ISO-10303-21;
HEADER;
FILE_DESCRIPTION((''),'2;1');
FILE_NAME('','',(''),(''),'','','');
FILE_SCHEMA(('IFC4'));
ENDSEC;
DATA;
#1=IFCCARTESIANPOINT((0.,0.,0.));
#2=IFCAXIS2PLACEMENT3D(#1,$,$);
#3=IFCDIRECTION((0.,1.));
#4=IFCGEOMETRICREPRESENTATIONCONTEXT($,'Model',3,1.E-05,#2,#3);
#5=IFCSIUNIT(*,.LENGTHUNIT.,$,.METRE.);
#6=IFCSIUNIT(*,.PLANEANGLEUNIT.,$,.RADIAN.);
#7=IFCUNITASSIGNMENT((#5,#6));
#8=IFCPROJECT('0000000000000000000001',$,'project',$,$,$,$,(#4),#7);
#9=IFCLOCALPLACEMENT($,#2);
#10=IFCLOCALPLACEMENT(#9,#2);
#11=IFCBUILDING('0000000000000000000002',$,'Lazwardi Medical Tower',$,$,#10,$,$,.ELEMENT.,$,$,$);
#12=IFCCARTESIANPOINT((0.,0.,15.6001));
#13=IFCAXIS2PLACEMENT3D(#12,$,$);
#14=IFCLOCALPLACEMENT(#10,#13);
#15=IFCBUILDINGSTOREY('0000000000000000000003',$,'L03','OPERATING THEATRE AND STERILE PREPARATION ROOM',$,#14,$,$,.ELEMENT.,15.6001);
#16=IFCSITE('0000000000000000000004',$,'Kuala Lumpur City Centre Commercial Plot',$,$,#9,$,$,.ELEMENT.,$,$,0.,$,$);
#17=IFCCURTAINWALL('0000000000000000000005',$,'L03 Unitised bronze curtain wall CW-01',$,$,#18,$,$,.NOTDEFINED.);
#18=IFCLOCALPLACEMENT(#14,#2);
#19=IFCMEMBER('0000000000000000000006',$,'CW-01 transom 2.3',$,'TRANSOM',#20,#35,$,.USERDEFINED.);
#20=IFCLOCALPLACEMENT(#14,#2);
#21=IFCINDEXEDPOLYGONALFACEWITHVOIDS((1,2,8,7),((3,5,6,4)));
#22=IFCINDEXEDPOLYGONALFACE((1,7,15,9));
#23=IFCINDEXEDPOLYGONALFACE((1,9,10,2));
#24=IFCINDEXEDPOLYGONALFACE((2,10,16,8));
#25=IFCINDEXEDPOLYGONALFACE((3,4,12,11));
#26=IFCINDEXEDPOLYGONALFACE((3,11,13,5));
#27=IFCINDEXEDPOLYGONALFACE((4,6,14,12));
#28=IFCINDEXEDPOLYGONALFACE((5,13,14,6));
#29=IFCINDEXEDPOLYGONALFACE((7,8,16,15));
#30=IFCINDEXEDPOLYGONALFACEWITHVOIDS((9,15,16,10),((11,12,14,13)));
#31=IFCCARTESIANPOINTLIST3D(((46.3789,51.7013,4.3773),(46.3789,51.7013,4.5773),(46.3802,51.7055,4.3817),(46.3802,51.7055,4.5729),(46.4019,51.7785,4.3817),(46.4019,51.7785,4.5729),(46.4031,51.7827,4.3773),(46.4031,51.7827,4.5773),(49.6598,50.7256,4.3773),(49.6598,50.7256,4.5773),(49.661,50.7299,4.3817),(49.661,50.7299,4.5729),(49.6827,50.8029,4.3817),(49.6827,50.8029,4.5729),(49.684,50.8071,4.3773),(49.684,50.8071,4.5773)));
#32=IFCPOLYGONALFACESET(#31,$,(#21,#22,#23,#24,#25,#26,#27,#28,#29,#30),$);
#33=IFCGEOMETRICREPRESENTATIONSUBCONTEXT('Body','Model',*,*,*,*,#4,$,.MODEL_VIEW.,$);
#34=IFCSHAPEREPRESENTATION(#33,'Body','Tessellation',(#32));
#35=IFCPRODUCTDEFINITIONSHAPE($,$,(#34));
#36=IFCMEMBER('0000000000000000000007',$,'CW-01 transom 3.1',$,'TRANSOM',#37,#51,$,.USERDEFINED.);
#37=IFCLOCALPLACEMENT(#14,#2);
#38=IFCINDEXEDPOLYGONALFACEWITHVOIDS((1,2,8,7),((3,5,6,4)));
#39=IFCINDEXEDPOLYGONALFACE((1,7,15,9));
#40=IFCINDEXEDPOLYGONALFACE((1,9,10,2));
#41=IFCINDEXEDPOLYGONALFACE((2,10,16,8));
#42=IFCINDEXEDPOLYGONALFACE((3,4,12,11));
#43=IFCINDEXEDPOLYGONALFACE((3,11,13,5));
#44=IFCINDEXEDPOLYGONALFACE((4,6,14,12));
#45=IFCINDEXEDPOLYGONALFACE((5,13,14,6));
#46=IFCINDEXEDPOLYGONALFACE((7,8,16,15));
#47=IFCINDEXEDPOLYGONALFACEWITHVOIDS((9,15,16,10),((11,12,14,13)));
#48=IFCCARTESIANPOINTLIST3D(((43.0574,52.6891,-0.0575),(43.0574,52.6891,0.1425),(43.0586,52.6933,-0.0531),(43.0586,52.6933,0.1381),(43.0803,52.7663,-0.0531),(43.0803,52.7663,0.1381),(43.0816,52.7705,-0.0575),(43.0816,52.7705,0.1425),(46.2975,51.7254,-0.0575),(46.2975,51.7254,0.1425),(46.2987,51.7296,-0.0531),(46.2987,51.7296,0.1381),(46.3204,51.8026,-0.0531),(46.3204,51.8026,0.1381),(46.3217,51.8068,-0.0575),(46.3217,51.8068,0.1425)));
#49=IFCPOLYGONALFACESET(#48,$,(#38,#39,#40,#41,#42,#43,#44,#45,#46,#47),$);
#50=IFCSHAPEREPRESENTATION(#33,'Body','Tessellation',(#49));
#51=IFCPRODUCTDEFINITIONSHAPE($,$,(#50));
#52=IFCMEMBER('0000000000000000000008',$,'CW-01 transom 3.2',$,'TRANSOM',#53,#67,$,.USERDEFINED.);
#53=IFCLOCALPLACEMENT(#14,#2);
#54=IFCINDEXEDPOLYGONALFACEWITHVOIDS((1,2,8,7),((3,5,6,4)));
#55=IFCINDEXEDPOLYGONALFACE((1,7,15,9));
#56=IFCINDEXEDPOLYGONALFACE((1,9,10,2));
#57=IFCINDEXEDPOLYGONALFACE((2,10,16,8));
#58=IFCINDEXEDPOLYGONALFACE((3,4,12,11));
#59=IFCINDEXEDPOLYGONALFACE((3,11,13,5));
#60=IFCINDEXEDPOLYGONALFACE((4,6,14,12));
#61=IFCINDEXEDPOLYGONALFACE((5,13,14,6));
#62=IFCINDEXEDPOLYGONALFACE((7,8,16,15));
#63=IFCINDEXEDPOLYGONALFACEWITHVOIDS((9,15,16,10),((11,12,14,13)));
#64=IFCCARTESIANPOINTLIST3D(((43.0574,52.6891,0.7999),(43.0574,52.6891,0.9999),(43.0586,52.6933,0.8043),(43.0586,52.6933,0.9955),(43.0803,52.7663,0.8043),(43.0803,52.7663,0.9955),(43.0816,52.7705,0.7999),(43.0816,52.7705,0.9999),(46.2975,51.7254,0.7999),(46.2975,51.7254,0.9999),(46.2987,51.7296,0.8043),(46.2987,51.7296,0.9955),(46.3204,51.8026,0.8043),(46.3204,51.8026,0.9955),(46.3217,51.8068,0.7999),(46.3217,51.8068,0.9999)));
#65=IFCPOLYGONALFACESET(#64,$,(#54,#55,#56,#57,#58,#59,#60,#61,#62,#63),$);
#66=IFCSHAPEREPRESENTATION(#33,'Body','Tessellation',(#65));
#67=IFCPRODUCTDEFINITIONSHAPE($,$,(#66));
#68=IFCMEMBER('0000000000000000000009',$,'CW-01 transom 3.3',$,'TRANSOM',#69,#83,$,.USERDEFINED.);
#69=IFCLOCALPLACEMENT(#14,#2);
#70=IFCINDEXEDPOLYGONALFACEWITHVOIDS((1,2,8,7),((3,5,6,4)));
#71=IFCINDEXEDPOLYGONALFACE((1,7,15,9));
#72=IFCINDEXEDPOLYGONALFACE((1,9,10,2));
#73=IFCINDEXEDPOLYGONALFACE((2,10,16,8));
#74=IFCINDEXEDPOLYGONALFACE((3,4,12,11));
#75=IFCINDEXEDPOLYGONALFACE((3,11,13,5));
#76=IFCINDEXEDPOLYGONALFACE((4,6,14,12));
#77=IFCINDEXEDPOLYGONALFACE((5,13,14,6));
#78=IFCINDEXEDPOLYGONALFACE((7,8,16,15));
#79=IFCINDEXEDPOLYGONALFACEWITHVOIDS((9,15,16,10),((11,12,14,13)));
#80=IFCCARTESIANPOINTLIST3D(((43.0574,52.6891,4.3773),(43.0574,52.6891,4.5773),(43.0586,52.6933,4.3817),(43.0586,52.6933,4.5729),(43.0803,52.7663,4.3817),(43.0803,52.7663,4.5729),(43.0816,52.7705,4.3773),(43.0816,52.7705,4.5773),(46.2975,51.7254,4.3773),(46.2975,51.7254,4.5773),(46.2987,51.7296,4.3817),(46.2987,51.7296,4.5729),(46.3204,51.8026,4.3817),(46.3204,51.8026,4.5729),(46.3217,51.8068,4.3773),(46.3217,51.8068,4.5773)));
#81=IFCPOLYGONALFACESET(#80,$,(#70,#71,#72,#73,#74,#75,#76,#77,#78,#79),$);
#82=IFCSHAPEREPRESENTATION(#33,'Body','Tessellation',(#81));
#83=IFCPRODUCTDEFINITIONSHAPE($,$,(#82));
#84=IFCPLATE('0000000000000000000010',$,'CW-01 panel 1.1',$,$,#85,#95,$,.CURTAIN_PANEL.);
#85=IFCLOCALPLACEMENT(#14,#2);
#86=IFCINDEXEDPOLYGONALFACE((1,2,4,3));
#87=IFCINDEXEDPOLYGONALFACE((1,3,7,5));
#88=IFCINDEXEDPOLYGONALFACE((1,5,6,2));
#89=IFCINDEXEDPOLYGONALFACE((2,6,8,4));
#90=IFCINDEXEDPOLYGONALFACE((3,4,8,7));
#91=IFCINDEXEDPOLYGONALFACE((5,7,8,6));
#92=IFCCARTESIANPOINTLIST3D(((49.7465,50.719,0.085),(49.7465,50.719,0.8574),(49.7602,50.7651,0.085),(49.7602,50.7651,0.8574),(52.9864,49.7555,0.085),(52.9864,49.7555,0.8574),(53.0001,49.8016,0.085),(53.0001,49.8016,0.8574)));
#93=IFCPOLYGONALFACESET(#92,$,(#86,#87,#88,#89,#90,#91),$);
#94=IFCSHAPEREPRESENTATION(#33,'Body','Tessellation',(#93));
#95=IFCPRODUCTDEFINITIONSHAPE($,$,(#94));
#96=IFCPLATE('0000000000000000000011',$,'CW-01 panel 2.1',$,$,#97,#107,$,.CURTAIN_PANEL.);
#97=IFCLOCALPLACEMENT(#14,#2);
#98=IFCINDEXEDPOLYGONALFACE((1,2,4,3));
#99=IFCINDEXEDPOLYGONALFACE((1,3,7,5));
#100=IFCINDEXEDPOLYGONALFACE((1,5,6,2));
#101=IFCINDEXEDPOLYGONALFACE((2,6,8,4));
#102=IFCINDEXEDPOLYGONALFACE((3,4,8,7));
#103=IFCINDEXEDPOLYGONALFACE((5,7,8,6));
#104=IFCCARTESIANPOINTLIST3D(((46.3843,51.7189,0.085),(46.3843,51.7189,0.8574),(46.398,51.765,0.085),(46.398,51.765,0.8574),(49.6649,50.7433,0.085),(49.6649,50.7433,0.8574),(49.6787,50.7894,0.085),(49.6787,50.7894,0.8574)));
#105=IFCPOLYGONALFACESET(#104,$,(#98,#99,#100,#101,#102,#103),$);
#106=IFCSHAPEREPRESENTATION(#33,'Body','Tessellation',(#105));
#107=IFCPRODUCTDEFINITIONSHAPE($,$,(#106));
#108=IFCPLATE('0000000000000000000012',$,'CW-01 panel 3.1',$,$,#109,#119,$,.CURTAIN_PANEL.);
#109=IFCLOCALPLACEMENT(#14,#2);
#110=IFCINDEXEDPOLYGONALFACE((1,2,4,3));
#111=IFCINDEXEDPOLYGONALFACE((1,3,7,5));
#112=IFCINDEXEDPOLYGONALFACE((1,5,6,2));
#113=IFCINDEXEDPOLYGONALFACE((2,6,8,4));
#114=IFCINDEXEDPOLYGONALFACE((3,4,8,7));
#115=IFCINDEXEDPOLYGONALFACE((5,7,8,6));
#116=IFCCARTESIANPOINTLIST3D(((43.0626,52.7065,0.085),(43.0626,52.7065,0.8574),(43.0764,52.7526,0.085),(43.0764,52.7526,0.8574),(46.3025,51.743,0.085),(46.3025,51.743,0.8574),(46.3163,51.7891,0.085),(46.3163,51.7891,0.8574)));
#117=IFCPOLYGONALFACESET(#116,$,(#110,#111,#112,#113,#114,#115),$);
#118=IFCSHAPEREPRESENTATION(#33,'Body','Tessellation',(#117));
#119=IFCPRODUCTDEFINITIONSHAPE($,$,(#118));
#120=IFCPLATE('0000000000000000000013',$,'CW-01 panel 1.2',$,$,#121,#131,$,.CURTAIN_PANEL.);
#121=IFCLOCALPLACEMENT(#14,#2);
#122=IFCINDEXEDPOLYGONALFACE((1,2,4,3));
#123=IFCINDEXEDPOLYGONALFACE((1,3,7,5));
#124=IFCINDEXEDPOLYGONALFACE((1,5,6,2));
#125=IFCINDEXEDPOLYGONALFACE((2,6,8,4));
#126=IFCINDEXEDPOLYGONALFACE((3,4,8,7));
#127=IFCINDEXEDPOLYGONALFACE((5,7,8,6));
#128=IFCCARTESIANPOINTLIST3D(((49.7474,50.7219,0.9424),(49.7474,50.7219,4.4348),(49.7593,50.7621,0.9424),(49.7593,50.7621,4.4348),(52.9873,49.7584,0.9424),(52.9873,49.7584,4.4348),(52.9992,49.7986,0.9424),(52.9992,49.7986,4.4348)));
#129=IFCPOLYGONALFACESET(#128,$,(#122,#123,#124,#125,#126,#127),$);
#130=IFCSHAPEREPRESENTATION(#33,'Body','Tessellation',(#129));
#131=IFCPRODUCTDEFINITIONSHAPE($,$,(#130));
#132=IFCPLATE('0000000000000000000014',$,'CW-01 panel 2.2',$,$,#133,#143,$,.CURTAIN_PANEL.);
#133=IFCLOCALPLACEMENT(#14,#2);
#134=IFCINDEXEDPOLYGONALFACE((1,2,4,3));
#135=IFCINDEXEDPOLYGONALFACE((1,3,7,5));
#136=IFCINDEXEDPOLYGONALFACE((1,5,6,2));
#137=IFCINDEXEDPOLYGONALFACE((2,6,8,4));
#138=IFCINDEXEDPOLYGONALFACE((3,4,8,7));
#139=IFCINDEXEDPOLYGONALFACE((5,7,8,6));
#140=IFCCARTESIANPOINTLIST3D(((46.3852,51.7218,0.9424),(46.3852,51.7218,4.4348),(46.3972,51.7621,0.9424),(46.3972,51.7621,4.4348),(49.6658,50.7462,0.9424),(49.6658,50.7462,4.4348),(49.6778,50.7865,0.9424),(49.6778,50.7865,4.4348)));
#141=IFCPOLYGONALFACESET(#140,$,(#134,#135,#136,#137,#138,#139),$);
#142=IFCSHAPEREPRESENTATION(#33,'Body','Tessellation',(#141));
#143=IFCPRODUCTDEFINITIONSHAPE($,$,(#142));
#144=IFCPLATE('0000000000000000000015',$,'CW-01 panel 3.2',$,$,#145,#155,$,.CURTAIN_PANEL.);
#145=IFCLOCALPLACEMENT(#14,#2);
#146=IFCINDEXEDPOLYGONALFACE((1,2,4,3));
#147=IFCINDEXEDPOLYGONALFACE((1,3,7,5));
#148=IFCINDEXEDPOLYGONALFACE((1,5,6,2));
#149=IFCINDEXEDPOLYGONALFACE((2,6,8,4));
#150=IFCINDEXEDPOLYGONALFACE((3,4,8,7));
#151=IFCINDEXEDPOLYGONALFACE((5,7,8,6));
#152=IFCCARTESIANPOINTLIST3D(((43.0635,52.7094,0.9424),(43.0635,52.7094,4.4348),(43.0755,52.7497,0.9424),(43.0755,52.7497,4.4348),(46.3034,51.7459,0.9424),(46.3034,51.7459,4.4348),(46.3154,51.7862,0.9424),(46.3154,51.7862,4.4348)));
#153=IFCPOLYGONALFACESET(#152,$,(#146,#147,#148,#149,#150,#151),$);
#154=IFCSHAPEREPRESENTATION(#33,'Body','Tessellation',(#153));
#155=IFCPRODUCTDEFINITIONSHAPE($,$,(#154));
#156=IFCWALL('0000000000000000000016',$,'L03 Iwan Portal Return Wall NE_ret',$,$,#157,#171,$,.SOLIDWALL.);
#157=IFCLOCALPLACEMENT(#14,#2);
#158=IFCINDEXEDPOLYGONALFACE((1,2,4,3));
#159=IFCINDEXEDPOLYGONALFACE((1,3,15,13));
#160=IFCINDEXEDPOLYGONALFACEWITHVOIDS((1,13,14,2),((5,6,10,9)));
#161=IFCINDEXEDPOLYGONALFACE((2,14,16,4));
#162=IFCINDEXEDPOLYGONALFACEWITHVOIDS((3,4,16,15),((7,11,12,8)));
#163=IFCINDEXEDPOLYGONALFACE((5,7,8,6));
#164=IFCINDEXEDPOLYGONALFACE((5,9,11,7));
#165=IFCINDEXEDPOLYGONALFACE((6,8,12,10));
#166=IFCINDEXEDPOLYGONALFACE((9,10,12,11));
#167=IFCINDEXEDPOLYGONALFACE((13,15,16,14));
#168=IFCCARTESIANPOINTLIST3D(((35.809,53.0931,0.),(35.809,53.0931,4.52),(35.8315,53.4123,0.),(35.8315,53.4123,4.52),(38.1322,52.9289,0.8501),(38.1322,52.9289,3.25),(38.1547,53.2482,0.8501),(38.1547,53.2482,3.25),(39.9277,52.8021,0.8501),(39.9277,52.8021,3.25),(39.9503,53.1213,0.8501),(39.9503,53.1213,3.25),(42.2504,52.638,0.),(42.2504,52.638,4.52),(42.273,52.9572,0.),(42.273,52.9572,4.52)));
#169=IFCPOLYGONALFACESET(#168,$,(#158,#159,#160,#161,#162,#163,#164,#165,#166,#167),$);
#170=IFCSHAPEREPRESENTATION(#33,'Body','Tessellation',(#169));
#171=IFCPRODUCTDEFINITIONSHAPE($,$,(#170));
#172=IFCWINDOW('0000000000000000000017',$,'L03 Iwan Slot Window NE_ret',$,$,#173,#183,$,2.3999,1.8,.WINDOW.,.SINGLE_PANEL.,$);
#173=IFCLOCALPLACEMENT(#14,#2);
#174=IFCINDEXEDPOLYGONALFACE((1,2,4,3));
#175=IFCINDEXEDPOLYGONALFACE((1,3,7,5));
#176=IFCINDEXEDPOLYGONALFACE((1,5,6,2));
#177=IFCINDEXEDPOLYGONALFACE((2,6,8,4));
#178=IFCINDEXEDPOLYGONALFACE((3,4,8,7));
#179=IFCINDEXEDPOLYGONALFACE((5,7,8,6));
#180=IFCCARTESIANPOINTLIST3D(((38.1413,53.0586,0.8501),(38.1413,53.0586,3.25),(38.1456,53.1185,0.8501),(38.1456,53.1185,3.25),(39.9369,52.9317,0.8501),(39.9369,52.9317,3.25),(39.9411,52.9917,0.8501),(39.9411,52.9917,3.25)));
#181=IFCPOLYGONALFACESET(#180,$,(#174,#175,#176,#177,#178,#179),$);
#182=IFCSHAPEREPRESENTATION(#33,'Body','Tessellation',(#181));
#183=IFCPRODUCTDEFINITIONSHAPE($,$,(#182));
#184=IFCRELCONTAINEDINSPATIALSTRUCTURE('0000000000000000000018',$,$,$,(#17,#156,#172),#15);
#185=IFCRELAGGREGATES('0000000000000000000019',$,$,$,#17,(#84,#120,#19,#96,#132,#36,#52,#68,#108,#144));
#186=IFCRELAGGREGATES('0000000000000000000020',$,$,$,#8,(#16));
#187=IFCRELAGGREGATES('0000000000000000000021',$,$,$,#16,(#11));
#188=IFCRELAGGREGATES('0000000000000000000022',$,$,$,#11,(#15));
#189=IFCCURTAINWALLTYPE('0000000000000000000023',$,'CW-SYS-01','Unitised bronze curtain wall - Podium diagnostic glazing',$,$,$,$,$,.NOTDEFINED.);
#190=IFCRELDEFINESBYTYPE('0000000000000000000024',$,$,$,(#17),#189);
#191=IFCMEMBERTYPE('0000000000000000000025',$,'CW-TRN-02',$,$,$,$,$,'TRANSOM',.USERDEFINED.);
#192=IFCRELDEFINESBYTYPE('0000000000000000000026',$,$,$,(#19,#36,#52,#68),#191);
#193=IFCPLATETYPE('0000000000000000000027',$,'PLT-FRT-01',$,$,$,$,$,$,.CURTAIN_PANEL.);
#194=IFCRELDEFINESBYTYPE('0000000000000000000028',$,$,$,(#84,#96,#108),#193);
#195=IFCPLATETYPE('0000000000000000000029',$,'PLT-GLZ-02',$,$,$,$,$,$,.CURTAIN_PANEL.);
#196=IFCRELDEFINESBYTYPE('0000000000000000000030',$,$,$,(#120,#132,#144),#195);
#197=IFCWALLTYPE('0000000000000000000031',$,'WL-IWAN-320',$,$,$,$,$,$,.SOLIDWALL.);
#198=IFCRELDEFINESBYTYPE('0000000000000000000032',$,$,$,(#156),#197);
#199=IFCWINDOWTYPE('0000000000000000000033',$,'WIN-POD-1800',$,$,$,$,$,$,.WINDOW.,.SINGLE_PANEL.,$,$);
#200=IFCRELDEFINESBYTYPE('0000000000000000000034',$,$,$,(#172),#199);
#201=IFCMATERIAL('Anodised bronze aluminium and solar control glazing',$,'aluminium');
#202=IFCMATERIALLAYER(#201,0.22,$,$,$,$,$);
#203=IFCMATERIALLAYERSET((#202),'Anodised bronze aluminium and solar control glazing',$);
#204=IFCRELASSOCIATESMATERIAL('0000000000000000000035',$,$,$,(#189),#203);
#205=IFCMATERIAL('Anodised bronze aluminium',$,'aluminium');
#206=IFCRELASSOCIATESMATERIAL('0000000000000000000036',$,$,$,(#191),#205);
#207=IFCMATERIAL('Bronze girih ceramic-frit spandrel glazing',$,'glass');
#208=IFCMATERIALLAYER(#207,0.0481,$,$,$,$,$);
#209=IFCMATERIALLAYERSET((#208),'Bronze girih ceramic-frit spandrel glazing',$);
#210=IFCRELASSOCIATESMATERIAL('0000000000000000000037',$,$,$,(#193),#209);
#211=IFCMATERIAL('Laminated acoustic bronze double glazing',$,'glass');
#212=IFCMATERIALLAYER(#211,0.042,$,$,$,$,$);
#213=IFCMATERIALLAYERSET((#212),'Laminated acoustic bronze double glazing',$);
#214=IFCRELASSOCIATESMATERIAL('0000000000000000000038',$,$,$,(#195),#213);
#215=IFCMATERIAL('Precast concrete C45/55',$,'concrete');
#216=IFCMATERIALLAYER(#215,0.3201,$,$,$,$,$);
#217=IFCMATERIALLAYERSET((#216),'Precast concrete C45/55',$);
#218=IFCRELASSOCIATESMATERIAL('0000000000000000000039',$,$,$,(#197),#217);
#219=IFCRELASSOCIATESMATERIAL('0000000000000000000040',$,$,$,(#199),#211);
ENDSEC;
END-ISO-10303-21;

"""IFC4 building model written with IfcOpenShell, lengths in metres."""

from ifc_helpers import new_model, si_unit, direction, frame, frame_2d, origin, origin_2d, place, context, subcontext, project, spatial, rectangle, hollow_rectangle, extrude, material, layer, layer_set, material_profile, profile_set, type_object, element, fill, aggregate, save


model = new_model("IFC4")

# Units and contexts
model_context = context("Model", 3, precision=1e-05, world=origin(), true_north=direction((0.0, 1.0)))
body_context = subcontext(model_context, "Body", "Model", "MODEL_VIEW")
ifc_project = project(units=[si_unit("LENGTHUNIT", "METRE"), si_unit("PLANEANGLEUNIT", "RADIAN")], contexts=[model_context])

# Site, building, storey
site_placement = place(None, origin())
site = spatial("IfcSite", under=ifc_project, at=site_placement, Name="Kuala Lumpur City Centre Commercial Plot", CompositionType="ELEMENT", RefElevation=0.0)
building_placement = place(site_placement, origin())
building = spatial("IfcBuilding", under=site, at=building_placement, Name="Lazwardi Medical Tower", CompositionType="ELEMENT")
storey_placement = place(building_placement, frame((0.0, 0.0, 15.6001)))
storey = spatial("IfcBuildingStorey", under=building, at=storey_placement, Name="L03", Description="OPERATING THEATRE AND STERILE PREPARATION ROOM", CompositionType="ELEMENT", Elevation=15.6001)

# Curtain wall, members, plates
ifc_material_1 = material(Name="Anodised bronze aluminium and solar control glazing", Category="aluminium")
ifc_layer_1 = layer(ifc_material_1, 0.22)
ifc_layer_set_1 = layer_set([ifc_layer_1], Name="Anodised bronze aluminium and solar control glazing")
curtain_wall_type = type_object("IfcCurtainWallType", Name="CW-SYS-01", Description="Unitised bronze curtain wall - Podium diagnostic glazing", PredefinedType="NOTDEFINED", material=ifc_layer_set_1)
curtain_wall_placement = place(storey_placement, origin())
curtain_wall = element("IfcCurtainWall", 1, at=curtain_wall_placement, inside=storey, type_object=curtain_wall_type, Name="L03 Unitised bronze curtain wall CW-01", PredefinedType="NOTDEFINED")
ifc_material_2 = material(Name="Anodised bronze aluminium", Category="aluminium")
ifc_material_profile_1 = material_profile(ifc_material_2, hollow_rectangle(XDim=0.085, YDim=0.2, WallThickness=0.0044, at=origin_2d()), Name="ALU-TRANSOM 200x85x4.5")
ifc_profile_set_1 = profile_set([ifc_material_profile_1], Name="Anodised bronze aluminium")
member_type_1 = type_object("IfcMemberType", Name="CW-TRN-02", ElementType="TRANSOM", PredefinedType="USERDEFINED", material=ifc_profile_set_1)
member_1_placement = place(storey_placement, frame((49.6719, 50.7664, 4.4773), z_axis=(-0.958518, 0.28503, 0.0), x_axis=(-0.28503, -0.958518, 0.0)))
member_1 = element("IfcMember", 2, at=member_1_placement, type_object=member_type_1, Name="CW-01 transom 2.3", ObjectType="TRANSOM", PredefinedType="USERDEFINED", context=body_context, shape_type="SweptSolid", body=[
    extrude(hollow_rectangle(XDim=0.085, YDim=0.2, WallThickness=0.0044, at=origin_2d()), origin(), (0.0, 0.0, 1.0), 3.4229),
])
member_2_placement = place(storey_placement, frame((46.3096, 51.7661, 0.0425), z_axis=(-0.958505, 0.285074, 0.0), x_axis=(-0.285074, -0.958505, 0.0)))
member_2 = element("IfcMember", 3, at=member_2_placement, type_object=member_type_1, Name="CW-01 transom 3.1", ObjectType="TRANSOM", PredefinedType="USERDEFINED", context=body_context, shape_type="SweptSolid", body=[
    extrude(hollow_rectangle(XDim=0.085, YDim=0.2, WallThickness=0.0044, at=origin_2d()), origin(), (0.0, 0.0, 1.0), 3.3804),
])
member_3_placement = place(storey_placement, frame((46.3096, 51.7661, 0.8999), z_axis=(-0.958505, 0.285074, 0.0), x_axis=(-0.285074, -0.958505, 0.0)))
member_3 = element("IfcMember", 4, at=member_3_placement, type_object=member_type_1, Name="CW-01 transom 3.2", ObjectType="TRANSOM", PredefinedType="USERDEFINED", context=body_context, shape_type="SweptSolid", body=[
    extrude(hollow_rectangle(XDim=0.085, YDim=0.2, WallThickness=0.0044, at=origin_2d()), origin(), (0.0, 0.0, 1.0), 3.3804),
])
member_4_placement = place(storey_placement, frame((46.3096, 51.7661, 4.4773), z_axis=(-0.958505, 0.285074, 0.0), x_axis=(-0.285074, -0.958505, 0.0)))
member_4 = element("IfcMember", 5, at=member_4_placement, type_object=member_type_1, Name="CW-01 transom 3.3", ObjectType="TRANSOM", PredefinedType="USERDEFINED", context=body_context, shape_type="SweptSolid", body=[
    extrude(hollow_rectangle(XDim=0.085, YDim=0.2, WallThickness=0.0044, at=origin_2d()), origin(), (0.0, 0.0, 1.0), 3.3804),
])
ifc_material_3 = material(Name="Bronze girih ceramic-frit spandrel glazing", Category="glass")
ifc_layer_2 = layer(ifc_material_3, 0.0481)
ifc_layer_set_2 = layer_set([ifc_layer_2], Name="Bronze girih ceramic-frit spandrel glazing")
plate_type_1 = type_object("IfcPlateType", Name="PLT-FRT-01", PredefinedType="CURTAIN_PANEL", material=ifc_layer_set_2)
plate_1_placement = place(storey_placement, frame((51.3733, 50.2603, 0.085), z_axis=(0.0, 0.0, 1.0), x_axis=(-0.958513, 0.285047, 0.0)))
plate_1 = element("IfcPlate", 6, at=plate_1_placement, type_object=plate_type_1, Name="CW-01 panel 1.1", PredefinedType="CURTAIN_PANEL", context=body_context, shape_type="SweptSolid", body=[
    extrude(rectangle(XDim=3.3801, YDim=0.0481, at=origin_2d()), origin(), (0.0, 0.0, 1.0), 0.7725),
])
plate_2_placement = place(storey_placement, frame((48.0315, 51.2542, 0.085), z_axis=(0.0, 0.0, 1.0), x_axis=(-0.958513, 0.285047, 0.0)))
plate_2 = element("IfcPlate", 7, at=plate_2_placement, type_object=plate_type_1, Name="CW-01 panel 2.1", PredefinedType="CURTAIN_PANEL", context=body_context, shape_type="SweptSolid", body=[
    extrude(rectangle(XDim=3.4226, YDim=0.0481, at=origin_2d()), origin(), (0.0, 0.0, 1.0), 0.7725),
])
plate_3_placement = place(storey_placement, frame((44.6895, 52.2478, 0.085), z_axis=(0.0, 0.0, 1.0), x_axis=(-0.958513, 0.285047, 0.0)))
plate_3 = element("IfcPlate", 8, at=plate_3_placement, type_object=plate_type_1, Name="CW-01 panel 3.1", PredefinedType="CURTAIN_PANEL", context=body_context, shape_type="SweptSolid", body=[
    extrude(rectangle(XDim=3.3801, YDim=0.0481, at=origin_2d()), origin(), (0.0, 0.0, 1.0), 0.7725),
])
ifc_material_4 = material(Name="Laminated acoustic bronze double glazing", Category="glass")
ifc_layer_3 = layer(ifc_material_4, 0.042)
ifc_layer_set_3 = layer_set([ifc_layer_3], Name="Laminated acoustic bronze double glazing")
plate_type_2 = type_object("IfcPlateType", Name="PLT-GLZ-02", PredefinedType="CURTAIN_PANEL", material=ifc_layer_set_3)
plate_4_placement = place(storey_placement, frame((51.3733, 50.2603, 0.9424), z_axis=(0.0, 0.0, 1.0), x_axis=(-0.958513, 0.285047, 0.0)))
plate_4 = element("IfcPlate", 9, at=plate_4_placement, type_object=plate_type_2, Name="CW-01 panel 1.2", PredefinedType="CURTAIN_PANEL", context=body_context, shape_type="SweptSolid", body=[
    extrude(rectangle(XDim=3.3801, YDim=0.042, at=origin_2d()), origin(), (0.0, 0.0, 1.0), 3.4924),
])
plate_5_placement = place(storey_placement, frame((48.0315, 51.2542, 0.9424), z_axis=(0.0, 0.0, 1.0), x_axis=(-0.958513, 0.285047, 0.0)))
plate_5 = element("IfcPlate", 10, at=plate_5_placement, type_object=plate_type_2, Name="CW-01 panel 2.2", PredefinedType="CURTAIN_PANEL", context=body_context, shape_type="SweptSolid", body=[
    extrude(rectangle(XDim=3.4226, YDim=0.042, at=origin_2d()), origin(), (0.0, 0.0, 1.0), 3.4924),
])
plate_6_placement = place(storey_placement, frame((44.6895, 52.2478, 0.9424), z_axis=(0.0, 0.0, 1.0), x_axis=(-0.958513, 0.285047, 0.0)))
plate_6 = element("IfcPlate", 11, at=plate_6_placement, type_object=plate_type_2, Name="CW-01 panel 3.2", PredefinedType="CURTAIN_PANEL", context=body_context, shape_type="SweptSolid", body=[
    extrude(rectangle(XDim=3.3801, YDim=0.042, at=origin_2d()), origin(), (0.0, 0.0, 1.0), 3.4924),
])
aggregate(curtain_wall, [plate_1, plate_4, member_1, plate_2, plate_5, member_2, member_3, member_4, plate_3, plate_6])

# Wall, opening, window
ifc_material_5 = material(Name="Precast concrete C45/55", Category="concrete")
ifc_layer_4 = layer(ifc_material_5, 0.3201)
ifc_layer_set_4 = layer_set([ifc_layer_4], Name="Precast concrete C45/55")
wall_type = type_object("IfcWallType", Name="WL-IWAN-320", PredefinedType="SOLIDWALL", material=ifc_layer_set_4)
wall_1_placement = place(storey_placement, frame((42.2617, 52.7976, 0.0), z_axis=(0.0, 0.0, 1.0), x_axis=(-0.997514, 0.070473, 0.0)))
wall_1 = element("IfcWall", 12, at=wall_1_placement, inside=storey, type_object=wall_type, Name="L03 Iwan Portal Return Wall NE_ret", PredefinedType="SOLIDWALL", context=body_context, shape_type="SweptSolid", body=[
    extrude(rectangle(XDim=6.4575, YDim=0.3201, at=frame_2d((3.2288, 0.0))), origin(), (0.0, 0.0, 1.0), 4.52),
])
opening_1_placement = place(wall_1_placement, frame((2.3286, 0.0, 0.8501)))
opening_1 = element("IfcOpeningElement", 13, at=opening_1_placement, cuts=wall_1, PredefinedType="OPENING", context=body_context, shape_type="SweptSolid", body=[
    extrude(rectangle(XDim=1.8, YDim=2.3999, at=frame_2d((0.8999, 1.2))), frame((0.0, 0.1699, 0.0), z_axis=(0.0, -1.0, 0.0), x_axis=(1.0, 0.0, 0.0)), (0.0, 0.0, 1.0), 0.3401),
])
window_type = type_object("IfcWindowType", Name="WIN-POD-1800", PartitioningType="SINGLE_PANEL", PredefinedType="WINDOW", material=ifc_material_4)
window_1_placement = place(opening_1_placement, origin())
window_1 = element("IfcWindow", 14, at=window_1_placement, inside=storey, type_object=window_type, Name="L03 Iwan Slot Window NE_ret", OverallHeight=2.3999, OverallWidth=1.8, PartitioningType="SINGLE_PANEL", PredefinedType="WINDOW", context=body_context, shape_type="SweptSolid", body=[
    extrude(rectangle(XDim=1.8, YDim=2.3999, at=frame_2d((0.8999, 1.2))), frame((0.0, 0.03, 0.0), z_axis=(0.0, -1.0, 0.0), x_axis=(1.0, 0.0, 0.0)), (0.0, 0.0, 1.0), 0.0601),
])
fill(opening_1, window_1)

save(model, "model.ifc")
